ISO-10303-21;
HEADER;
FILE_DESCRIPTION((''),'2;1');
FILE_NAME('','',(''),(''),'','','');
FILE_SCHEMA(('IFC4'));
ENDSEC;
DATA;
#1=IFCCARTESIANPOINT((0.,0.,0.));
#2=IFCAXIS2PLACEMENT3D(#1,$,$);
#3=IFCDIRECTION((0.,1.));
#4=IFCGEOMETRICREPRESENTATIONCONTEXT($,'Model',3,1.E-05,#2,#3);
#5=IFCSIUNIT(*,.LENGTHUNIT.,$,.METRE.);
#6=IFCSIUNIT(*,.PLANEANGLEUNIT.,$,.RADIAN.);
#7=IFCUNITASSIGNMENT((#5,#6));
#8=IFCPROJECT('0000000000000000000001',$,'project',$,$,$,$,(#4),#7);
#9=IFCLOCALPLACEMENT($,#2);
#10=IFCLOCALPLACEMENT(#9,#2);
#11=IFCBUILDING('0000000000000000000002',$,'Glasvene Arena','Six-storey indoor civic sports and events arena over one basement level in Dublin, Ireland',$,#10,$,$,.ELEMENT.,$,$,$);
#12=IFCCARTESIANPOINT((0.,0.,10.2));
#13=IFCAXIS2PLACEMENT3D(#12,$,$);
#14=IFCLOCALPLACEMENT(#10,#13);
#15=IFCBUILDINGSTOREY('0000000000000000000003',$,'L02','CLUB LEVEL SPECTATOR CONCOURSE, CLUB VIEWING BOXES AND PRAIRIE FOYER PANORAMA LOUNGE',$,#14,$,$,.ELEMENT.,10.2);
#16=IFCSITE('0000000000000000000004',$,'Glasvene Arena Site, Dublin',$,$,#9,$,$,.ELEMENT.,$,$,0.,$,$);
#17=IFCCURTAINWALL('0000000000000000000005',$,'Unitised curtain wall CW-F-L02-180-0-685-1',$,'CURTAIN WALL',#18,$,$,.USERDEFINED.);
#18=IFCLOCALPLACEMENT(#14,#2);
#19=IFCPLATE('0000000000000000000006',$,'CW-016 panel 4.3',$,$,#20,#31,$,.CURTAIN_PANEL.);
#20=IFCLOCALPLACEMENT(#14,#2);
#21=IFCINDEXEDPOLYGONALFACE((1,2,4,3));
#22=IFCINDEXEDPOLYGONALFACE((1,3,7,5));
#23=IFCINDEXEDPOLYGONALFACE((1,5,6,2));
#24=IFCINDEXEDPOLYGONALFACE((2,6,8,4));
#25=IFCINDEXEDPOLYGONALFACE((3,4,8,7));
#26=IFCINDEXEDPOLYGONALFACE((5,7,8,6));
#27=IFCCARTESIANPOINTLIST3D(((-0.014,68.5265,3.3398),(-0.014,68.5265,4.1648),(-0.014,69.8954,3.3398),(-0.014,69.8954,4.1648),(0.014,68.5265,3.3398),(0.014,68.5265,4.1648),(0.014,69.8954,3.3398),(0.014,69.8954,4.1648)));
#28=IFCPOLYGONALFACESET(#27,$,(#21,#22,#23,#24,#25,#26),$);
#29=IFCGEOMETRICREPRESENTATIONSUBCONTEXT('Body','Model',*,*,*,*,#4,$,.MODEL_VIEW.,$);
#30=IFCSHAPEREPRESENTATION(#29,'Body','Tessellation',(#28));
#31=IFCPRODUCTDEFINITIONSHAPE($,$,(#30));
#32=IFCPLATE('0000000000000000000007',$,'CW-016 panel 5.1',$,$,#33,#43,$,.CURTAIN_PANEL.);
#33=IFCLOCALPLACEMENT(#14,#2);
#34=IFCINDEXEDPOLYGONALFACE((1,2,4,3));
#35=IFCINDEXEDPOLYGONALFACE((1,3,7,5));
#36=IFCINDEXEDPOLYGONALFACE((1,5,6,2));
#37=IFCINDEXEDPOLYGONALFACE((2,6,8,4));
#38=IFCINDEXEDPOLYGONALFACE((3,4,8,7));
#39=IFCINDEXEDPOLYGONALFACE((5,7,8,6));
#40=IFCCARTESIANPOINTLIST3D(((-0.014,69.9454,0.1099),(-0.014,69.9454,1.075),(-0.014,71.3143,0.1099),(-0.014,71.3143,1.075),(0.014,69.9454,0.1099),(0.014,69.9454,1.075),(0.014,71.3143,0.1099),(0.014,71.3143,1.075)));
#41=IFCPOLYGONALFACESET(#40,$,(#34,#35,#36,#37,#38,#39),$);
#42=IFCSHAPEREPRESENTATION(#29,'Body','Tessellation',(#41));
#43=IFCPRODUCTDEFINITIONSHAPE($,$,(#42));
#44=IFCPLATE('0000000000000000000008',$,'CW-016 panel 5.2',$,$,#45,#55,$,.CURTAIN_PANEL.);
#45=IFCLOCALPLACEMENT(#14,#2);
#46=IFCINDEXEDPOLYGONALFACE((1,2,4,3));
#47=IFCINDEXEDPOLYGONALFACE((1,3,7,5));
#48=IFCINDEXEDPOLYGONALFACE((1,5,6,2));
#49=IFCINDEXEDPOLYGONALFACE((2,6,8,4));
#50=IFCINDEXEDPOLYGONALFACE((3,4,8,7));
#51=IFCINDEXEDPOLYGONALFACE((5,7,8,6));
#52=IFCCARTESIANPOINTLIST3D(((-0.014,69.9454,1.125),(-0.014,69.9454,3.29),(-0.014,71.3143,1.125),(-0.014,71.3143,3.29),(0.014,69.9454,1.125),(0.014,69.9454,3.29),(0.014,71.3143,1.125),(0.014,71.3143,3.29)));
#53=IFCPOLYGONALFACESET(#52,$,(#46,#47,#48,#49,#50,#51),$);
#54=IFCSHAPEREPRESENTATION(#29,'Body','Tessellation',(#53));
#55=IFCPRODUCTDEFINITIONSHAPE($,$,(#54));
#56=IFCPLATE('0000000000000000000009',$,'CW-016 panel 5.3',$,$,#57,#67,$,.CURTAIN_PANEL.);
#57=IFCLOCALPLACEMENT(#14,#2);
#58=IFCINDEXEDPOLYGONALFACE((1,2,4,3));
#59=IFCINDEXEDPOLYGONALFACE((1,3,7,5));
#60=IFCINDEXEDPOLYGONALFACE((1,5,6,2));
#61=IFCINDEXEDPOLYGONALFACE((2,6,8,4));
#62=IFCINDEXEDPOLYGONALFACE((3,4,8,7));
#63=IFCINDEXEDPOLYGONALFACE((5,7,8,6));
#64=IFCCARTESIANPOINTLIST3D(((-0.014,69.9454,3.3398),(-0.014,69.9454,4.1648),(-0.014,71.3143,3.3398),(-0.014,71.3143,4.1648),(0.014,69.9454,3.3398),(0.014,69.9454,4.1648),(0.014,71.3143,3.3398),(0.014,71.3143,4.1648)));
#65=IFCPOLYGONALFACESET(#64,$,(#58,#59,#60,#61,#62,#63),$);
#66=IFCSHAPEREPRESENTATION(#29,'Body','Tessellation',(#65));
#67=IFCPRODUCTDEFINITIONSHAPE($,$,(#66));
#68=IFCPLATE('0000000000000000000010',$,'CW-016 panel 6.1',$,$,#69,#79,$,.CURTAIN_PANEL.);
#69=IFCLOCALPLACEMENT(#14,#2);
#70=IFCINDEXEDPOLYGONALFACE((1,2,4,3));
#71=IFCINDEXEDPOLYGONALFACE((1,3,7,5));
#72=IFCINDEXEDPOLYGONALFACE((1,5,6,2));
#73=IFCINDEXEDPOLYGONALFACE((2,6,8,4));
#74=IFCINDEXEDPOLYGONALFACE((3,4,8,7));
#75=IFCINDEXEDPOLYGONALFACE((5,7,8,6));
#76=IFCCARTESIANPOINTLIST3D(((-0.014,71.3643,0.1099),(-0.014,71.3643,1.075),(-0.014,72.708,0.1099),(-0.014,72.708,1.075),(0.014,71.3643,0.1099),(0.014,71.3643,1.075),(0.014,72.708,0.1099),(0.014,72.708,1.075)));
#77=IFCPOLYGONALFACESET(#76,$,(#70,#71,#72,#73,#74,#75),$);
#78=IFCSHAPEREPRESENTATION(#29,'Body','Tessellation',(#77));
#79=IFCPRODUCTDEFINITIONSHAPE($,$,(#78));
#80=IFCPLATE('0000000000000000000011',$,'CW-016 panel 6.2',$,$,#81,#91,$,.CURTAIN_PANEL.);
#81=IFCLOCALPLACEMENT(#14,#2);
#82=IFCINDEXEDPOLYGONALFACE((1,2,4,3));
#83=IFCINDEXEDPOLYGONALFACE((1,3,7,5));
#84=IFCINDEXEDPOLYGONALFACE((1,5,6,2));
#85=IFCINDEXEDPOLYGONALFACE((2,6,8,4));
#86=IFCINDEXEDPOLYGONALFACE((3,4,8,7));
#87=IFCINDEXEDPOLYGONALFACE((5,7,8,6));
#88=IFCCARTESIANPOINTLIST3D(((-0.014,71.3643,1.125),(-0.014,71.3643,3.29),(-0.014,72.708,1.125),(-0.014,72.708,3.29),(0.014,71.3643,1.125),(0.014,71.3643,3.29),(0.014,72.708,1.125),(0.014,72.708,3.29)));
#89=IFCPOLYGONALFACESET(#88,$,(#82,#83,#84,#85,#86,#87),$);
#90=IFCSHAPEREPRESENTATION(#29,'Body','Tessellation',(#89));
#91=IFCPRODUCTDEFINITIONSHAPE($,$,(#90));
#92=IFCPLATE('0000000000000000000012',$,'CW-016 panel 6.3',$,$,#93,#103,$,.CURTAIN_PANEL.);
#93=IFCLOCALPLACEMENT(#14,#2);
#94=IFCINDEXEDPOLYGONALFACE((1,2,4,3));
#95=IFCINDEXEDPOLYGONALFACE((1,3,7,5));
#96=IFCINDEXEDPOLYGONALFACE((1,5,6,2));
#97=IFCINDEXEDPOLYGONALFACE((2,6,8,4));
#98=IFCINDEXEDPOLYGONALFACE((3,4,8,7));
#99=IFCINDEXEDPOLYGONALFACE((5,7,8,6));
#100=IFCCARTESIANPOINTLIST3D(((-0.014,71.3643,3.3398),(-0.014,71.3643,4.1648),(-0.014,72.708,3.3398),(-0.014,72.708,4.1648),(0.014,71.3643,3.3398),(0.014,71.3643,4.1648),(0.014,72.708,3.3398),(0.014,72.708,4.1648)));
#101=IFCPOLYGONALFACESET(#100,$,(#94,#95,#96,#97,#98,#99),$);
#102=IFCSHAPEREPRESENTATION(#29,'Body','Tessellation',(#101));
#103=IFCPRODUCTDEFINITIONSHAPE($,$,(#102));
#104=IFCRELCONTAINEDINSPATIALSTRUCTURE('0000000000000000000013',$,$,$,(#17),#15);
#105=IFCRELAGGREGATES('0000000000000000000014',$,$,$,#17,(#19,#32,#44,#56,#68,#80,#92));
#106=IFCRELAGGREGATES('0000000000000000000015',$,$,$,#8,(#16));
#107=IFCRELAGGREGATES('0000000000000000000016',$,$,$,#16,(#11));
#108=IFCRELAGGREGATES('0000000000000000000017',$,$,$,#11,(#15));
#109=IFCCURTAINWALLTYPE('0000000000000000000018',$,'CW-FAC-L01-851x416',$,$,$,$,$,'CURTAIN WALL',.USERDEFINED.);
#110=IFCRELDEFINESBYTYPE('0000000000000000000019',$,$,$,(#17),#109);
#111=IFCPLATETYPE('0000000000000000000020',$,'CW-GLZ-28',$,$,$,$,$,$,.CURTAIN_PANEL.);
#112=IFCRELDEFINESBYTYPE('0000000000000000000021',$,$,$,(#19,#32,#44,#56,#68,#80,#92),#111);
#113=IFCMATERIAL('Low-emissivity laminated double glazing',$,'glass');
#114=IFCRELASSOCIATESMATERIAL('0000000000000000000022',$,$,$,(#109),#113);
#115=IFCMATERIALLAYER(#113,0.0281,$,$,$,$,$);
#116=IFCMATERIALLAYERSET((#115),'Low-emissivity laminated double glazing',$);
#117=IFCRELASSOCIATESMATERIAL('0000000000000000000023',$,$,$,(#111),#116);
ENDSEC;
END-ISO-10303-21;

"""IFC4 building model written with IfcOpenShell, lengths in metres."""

from ifc_helpers import new_model, si_unit, direction, frame, origin, origin_2d, place, context, subcontext, project, spatial, rectangle, extrude, material, layer, layer_set, type_object, element, aggregate, save


model = new_model("IFC4")

# Units and contexts
model_context = context("Model", 3, precision=1e-05, world=origin(), true_north=direction((0.0, 1.0)))
body_context = subcontext(model_context, "Body", "Model", "MODEL_VIEW")
ifc_project = project(units=[si_unit("LENGTHUNIT", "METRE"), si_unit("PLANEANGLEUNIT", "RADIAN")], contexts=[model_context])

# Site, building, storey
site_placement = place(None, origin())
site = spatial("IfcSite", under=ifc_project, at=site_placement, Name="Glasvene Arena Site, Dublin", CompositionType="ELEMENT", RefElevation=0.0)
building_placement = place(site_placement, origin())
building = spatial("IfcBuilding", under=site, at=building_placement, Name="Glasvene Arena", Description="Six-storey indoor civic sports and events arena over one basement level in Dublin, Ireland", CompositionType="ELEMENT")
storey_placement = place(building_placement, frame((0.0, 0.0, 10.2)))
storey = spatial("IfcBuildingStorey", under=building, at=storey_placement, Name="L02", Description="CLUB LEVEL SPECTATOR CONCOURSE, CLUB VIEWING BOXES AND PRAIRIE FOYER PANORAMA LOUNGE", CompositionType="ELEMENT", Elevation=10.2)

# Curtain wall, plates
ifc_material_1 = material(Name="Low-emissivity laminated double glazing", Category="glass")
curtain_wall_type = type_object("IfcCurtainWallType", Name="CW-FAC-L01-851x416", ElementType="CURTAIN WALL", PredefinedType="USERDEFINED", material=ifc_material_1)
curtain_wall_placement = place(storey_placement, frame((0.0, 64.2451, 0.0)))
curtain_wall = element("IfcCurtainWall", 1, at=curtain_wall_placement, inside=storey, type_object=curtain_wall_type, Name="Unitised curtain wall CW-F-L02-180-0-685-1", ObjectType="CURTAIN WALL", PredefinedType="USERDEFINED")
ifc_layer = layer(ifc_material_1, 0.0281)
ifc_layer_set = layer_set([ifc_layer], Name="Low-emissivity laminated double glazing")
plate_type = type_object("IfcPlateType", Name="CW-GLZ-28", PredefinedType="CURTAIN_PANEL", material=ifc_layer_set)
plate_1_placement = place(storey_placement, frame((0.0, 69.2109, 3.3398), z_axis=(0.0, 0.0, 1.0), x_axis=(0.0, 1.0, 0.0)))
plate_1 = element("IfcPlate", 2, at=plate_1_placement, type_object=plate_type, Name="CW-016 panel 4.3", PredefinedType="CURTAIN_PANEL", context=body_context, shape_type="SweptSolid", body=[
    extrude(rectangle(XDim=1.3689, YDim=0.0281, at=origin_2d()), origin(), (0.0, 0.0, 1.0), 0.825),
])
plate_2_placement = place(storey_placement, frame((0.0, 70.6299, 0.1099), z_axis=(0.0, 0.0, 1.0), x_axis=(0.0, 1.0, 0.0)))
plate_2 = element("IfcPlate", 3, at=plate_2_placement, type_object=plate_type, Name="CW-016 panel 5.1", PredefinedType="CURTAIN_PANEL", context=body_context, shape_type="SweptSolid", body=[
    extrude(rectangle(XDim=1.3689, YDim=0.0281, at=origin_2d()), origin(), (0.0, 0.0, 1.0), 0.9651),
])
plate_3_placement = place(storey_placement, frame((0.0, 70.6299, 1.125), z_axis=(0.0, 0.0, 1.0), x_axis=(0.0, 1.0, 0.0)))
plate_3 = element("IfcPlate", 4, at=plate_3_placement, type_object=plate_type, Name="CW-016 panel 5.2", PredefinedType="CURTAIN_PANEL", context=body_context, shape_type="SweptSolid", body=[
    extrude(rectangle(XDim=1.3689, YDim=0.0281, at=origin_2d()), origin(), (0.0, 0.0, 1.0), 2.165),
])
plate_4_placement = place(storey_placement, frame((0.0, 70.6299, 3.3398), z_axis=(0.0, 0.0, 1.0), x_axis=(0.0, 1.0, 0.0)))
plate_4 = element("IfcPlate", 5, at=plate_4_placement, type_object=plate_type, Name="CW-016 panel 5.3", PredefinedType="CURTAIN_PANEL", context=body_context, shape_type="SweptSolid", body=[
    extrude(rectangle(XDim=1.3689, YDim=0.0281, at=origin_2d()), origin(), (0.0, 0.0, 1.0), 0.825),
])
plate_5_placement = place(storey_placement, frame((0.0, 72.0361, 0.1099), z_axis=(0.0, 0.0, 1.0), x_axis=(0.0, 1.0, 0.0)))
plate_5 = element("IfcPlate", 6, at=plate_5_placement, type_object=plate_type, Name="CW-016 panel 6.1", PredefinedType="CURTAIN_PANEL", context=body_context, shape_type="SweptSolid", body=[
    extrude(rectangle(XDim=1.3438, YDim=0.0281, at=origin_2d()), origin(), (0.0, 0.0, 1.0), 0.9651),
])
plate_6_placement = place(storey_placement, frame((0.0, 72.0361, 1.125), z_axis=(0.0, 0.0, 1.0), x_axis=(0.0, 1.0, 0.0)))
plate_6 = element("IfcPlate", 7, at=plate_6_placement, type_object=plate_type, Name="CW-016 panel 6.2", PredefinedType="CURTAIN_PANEL", context=body_context, shape_type="SweptSolid", body=[
    extrude(rectangle(XDim=1.3438, YDim=0.0281, at=origin_2d()), origin(), (0.0, 0.0, 1.0), 2.165),
])
plate_7_placement = place(storey_placement, frame((0.0, 72.0361, 3.3398), z_axis=(0.0, 0.0, 1.0), x_axis=(0.0, 1.0, 0.0)))
plate_7 = element("IfcPlate", 8, at=plate_7_placement, type_object=plate_type, Name="CW-016 panel 6.3", PredefinedType="CURTAIN_PANEL", context=body_context, shape_type="SweptSolid", body=[
    extrude(rectangle(XDim=1.3438, YDim=0.0281, at=origin_2d()), origin(), (0.0, 0.0, 1.0), 0.825),
])
aggregate(curtain_wall, [plate_1, plate_2, plate_3, plate_4, plate_5, plate_6, plate_7])

save(model, "model.ifc")
